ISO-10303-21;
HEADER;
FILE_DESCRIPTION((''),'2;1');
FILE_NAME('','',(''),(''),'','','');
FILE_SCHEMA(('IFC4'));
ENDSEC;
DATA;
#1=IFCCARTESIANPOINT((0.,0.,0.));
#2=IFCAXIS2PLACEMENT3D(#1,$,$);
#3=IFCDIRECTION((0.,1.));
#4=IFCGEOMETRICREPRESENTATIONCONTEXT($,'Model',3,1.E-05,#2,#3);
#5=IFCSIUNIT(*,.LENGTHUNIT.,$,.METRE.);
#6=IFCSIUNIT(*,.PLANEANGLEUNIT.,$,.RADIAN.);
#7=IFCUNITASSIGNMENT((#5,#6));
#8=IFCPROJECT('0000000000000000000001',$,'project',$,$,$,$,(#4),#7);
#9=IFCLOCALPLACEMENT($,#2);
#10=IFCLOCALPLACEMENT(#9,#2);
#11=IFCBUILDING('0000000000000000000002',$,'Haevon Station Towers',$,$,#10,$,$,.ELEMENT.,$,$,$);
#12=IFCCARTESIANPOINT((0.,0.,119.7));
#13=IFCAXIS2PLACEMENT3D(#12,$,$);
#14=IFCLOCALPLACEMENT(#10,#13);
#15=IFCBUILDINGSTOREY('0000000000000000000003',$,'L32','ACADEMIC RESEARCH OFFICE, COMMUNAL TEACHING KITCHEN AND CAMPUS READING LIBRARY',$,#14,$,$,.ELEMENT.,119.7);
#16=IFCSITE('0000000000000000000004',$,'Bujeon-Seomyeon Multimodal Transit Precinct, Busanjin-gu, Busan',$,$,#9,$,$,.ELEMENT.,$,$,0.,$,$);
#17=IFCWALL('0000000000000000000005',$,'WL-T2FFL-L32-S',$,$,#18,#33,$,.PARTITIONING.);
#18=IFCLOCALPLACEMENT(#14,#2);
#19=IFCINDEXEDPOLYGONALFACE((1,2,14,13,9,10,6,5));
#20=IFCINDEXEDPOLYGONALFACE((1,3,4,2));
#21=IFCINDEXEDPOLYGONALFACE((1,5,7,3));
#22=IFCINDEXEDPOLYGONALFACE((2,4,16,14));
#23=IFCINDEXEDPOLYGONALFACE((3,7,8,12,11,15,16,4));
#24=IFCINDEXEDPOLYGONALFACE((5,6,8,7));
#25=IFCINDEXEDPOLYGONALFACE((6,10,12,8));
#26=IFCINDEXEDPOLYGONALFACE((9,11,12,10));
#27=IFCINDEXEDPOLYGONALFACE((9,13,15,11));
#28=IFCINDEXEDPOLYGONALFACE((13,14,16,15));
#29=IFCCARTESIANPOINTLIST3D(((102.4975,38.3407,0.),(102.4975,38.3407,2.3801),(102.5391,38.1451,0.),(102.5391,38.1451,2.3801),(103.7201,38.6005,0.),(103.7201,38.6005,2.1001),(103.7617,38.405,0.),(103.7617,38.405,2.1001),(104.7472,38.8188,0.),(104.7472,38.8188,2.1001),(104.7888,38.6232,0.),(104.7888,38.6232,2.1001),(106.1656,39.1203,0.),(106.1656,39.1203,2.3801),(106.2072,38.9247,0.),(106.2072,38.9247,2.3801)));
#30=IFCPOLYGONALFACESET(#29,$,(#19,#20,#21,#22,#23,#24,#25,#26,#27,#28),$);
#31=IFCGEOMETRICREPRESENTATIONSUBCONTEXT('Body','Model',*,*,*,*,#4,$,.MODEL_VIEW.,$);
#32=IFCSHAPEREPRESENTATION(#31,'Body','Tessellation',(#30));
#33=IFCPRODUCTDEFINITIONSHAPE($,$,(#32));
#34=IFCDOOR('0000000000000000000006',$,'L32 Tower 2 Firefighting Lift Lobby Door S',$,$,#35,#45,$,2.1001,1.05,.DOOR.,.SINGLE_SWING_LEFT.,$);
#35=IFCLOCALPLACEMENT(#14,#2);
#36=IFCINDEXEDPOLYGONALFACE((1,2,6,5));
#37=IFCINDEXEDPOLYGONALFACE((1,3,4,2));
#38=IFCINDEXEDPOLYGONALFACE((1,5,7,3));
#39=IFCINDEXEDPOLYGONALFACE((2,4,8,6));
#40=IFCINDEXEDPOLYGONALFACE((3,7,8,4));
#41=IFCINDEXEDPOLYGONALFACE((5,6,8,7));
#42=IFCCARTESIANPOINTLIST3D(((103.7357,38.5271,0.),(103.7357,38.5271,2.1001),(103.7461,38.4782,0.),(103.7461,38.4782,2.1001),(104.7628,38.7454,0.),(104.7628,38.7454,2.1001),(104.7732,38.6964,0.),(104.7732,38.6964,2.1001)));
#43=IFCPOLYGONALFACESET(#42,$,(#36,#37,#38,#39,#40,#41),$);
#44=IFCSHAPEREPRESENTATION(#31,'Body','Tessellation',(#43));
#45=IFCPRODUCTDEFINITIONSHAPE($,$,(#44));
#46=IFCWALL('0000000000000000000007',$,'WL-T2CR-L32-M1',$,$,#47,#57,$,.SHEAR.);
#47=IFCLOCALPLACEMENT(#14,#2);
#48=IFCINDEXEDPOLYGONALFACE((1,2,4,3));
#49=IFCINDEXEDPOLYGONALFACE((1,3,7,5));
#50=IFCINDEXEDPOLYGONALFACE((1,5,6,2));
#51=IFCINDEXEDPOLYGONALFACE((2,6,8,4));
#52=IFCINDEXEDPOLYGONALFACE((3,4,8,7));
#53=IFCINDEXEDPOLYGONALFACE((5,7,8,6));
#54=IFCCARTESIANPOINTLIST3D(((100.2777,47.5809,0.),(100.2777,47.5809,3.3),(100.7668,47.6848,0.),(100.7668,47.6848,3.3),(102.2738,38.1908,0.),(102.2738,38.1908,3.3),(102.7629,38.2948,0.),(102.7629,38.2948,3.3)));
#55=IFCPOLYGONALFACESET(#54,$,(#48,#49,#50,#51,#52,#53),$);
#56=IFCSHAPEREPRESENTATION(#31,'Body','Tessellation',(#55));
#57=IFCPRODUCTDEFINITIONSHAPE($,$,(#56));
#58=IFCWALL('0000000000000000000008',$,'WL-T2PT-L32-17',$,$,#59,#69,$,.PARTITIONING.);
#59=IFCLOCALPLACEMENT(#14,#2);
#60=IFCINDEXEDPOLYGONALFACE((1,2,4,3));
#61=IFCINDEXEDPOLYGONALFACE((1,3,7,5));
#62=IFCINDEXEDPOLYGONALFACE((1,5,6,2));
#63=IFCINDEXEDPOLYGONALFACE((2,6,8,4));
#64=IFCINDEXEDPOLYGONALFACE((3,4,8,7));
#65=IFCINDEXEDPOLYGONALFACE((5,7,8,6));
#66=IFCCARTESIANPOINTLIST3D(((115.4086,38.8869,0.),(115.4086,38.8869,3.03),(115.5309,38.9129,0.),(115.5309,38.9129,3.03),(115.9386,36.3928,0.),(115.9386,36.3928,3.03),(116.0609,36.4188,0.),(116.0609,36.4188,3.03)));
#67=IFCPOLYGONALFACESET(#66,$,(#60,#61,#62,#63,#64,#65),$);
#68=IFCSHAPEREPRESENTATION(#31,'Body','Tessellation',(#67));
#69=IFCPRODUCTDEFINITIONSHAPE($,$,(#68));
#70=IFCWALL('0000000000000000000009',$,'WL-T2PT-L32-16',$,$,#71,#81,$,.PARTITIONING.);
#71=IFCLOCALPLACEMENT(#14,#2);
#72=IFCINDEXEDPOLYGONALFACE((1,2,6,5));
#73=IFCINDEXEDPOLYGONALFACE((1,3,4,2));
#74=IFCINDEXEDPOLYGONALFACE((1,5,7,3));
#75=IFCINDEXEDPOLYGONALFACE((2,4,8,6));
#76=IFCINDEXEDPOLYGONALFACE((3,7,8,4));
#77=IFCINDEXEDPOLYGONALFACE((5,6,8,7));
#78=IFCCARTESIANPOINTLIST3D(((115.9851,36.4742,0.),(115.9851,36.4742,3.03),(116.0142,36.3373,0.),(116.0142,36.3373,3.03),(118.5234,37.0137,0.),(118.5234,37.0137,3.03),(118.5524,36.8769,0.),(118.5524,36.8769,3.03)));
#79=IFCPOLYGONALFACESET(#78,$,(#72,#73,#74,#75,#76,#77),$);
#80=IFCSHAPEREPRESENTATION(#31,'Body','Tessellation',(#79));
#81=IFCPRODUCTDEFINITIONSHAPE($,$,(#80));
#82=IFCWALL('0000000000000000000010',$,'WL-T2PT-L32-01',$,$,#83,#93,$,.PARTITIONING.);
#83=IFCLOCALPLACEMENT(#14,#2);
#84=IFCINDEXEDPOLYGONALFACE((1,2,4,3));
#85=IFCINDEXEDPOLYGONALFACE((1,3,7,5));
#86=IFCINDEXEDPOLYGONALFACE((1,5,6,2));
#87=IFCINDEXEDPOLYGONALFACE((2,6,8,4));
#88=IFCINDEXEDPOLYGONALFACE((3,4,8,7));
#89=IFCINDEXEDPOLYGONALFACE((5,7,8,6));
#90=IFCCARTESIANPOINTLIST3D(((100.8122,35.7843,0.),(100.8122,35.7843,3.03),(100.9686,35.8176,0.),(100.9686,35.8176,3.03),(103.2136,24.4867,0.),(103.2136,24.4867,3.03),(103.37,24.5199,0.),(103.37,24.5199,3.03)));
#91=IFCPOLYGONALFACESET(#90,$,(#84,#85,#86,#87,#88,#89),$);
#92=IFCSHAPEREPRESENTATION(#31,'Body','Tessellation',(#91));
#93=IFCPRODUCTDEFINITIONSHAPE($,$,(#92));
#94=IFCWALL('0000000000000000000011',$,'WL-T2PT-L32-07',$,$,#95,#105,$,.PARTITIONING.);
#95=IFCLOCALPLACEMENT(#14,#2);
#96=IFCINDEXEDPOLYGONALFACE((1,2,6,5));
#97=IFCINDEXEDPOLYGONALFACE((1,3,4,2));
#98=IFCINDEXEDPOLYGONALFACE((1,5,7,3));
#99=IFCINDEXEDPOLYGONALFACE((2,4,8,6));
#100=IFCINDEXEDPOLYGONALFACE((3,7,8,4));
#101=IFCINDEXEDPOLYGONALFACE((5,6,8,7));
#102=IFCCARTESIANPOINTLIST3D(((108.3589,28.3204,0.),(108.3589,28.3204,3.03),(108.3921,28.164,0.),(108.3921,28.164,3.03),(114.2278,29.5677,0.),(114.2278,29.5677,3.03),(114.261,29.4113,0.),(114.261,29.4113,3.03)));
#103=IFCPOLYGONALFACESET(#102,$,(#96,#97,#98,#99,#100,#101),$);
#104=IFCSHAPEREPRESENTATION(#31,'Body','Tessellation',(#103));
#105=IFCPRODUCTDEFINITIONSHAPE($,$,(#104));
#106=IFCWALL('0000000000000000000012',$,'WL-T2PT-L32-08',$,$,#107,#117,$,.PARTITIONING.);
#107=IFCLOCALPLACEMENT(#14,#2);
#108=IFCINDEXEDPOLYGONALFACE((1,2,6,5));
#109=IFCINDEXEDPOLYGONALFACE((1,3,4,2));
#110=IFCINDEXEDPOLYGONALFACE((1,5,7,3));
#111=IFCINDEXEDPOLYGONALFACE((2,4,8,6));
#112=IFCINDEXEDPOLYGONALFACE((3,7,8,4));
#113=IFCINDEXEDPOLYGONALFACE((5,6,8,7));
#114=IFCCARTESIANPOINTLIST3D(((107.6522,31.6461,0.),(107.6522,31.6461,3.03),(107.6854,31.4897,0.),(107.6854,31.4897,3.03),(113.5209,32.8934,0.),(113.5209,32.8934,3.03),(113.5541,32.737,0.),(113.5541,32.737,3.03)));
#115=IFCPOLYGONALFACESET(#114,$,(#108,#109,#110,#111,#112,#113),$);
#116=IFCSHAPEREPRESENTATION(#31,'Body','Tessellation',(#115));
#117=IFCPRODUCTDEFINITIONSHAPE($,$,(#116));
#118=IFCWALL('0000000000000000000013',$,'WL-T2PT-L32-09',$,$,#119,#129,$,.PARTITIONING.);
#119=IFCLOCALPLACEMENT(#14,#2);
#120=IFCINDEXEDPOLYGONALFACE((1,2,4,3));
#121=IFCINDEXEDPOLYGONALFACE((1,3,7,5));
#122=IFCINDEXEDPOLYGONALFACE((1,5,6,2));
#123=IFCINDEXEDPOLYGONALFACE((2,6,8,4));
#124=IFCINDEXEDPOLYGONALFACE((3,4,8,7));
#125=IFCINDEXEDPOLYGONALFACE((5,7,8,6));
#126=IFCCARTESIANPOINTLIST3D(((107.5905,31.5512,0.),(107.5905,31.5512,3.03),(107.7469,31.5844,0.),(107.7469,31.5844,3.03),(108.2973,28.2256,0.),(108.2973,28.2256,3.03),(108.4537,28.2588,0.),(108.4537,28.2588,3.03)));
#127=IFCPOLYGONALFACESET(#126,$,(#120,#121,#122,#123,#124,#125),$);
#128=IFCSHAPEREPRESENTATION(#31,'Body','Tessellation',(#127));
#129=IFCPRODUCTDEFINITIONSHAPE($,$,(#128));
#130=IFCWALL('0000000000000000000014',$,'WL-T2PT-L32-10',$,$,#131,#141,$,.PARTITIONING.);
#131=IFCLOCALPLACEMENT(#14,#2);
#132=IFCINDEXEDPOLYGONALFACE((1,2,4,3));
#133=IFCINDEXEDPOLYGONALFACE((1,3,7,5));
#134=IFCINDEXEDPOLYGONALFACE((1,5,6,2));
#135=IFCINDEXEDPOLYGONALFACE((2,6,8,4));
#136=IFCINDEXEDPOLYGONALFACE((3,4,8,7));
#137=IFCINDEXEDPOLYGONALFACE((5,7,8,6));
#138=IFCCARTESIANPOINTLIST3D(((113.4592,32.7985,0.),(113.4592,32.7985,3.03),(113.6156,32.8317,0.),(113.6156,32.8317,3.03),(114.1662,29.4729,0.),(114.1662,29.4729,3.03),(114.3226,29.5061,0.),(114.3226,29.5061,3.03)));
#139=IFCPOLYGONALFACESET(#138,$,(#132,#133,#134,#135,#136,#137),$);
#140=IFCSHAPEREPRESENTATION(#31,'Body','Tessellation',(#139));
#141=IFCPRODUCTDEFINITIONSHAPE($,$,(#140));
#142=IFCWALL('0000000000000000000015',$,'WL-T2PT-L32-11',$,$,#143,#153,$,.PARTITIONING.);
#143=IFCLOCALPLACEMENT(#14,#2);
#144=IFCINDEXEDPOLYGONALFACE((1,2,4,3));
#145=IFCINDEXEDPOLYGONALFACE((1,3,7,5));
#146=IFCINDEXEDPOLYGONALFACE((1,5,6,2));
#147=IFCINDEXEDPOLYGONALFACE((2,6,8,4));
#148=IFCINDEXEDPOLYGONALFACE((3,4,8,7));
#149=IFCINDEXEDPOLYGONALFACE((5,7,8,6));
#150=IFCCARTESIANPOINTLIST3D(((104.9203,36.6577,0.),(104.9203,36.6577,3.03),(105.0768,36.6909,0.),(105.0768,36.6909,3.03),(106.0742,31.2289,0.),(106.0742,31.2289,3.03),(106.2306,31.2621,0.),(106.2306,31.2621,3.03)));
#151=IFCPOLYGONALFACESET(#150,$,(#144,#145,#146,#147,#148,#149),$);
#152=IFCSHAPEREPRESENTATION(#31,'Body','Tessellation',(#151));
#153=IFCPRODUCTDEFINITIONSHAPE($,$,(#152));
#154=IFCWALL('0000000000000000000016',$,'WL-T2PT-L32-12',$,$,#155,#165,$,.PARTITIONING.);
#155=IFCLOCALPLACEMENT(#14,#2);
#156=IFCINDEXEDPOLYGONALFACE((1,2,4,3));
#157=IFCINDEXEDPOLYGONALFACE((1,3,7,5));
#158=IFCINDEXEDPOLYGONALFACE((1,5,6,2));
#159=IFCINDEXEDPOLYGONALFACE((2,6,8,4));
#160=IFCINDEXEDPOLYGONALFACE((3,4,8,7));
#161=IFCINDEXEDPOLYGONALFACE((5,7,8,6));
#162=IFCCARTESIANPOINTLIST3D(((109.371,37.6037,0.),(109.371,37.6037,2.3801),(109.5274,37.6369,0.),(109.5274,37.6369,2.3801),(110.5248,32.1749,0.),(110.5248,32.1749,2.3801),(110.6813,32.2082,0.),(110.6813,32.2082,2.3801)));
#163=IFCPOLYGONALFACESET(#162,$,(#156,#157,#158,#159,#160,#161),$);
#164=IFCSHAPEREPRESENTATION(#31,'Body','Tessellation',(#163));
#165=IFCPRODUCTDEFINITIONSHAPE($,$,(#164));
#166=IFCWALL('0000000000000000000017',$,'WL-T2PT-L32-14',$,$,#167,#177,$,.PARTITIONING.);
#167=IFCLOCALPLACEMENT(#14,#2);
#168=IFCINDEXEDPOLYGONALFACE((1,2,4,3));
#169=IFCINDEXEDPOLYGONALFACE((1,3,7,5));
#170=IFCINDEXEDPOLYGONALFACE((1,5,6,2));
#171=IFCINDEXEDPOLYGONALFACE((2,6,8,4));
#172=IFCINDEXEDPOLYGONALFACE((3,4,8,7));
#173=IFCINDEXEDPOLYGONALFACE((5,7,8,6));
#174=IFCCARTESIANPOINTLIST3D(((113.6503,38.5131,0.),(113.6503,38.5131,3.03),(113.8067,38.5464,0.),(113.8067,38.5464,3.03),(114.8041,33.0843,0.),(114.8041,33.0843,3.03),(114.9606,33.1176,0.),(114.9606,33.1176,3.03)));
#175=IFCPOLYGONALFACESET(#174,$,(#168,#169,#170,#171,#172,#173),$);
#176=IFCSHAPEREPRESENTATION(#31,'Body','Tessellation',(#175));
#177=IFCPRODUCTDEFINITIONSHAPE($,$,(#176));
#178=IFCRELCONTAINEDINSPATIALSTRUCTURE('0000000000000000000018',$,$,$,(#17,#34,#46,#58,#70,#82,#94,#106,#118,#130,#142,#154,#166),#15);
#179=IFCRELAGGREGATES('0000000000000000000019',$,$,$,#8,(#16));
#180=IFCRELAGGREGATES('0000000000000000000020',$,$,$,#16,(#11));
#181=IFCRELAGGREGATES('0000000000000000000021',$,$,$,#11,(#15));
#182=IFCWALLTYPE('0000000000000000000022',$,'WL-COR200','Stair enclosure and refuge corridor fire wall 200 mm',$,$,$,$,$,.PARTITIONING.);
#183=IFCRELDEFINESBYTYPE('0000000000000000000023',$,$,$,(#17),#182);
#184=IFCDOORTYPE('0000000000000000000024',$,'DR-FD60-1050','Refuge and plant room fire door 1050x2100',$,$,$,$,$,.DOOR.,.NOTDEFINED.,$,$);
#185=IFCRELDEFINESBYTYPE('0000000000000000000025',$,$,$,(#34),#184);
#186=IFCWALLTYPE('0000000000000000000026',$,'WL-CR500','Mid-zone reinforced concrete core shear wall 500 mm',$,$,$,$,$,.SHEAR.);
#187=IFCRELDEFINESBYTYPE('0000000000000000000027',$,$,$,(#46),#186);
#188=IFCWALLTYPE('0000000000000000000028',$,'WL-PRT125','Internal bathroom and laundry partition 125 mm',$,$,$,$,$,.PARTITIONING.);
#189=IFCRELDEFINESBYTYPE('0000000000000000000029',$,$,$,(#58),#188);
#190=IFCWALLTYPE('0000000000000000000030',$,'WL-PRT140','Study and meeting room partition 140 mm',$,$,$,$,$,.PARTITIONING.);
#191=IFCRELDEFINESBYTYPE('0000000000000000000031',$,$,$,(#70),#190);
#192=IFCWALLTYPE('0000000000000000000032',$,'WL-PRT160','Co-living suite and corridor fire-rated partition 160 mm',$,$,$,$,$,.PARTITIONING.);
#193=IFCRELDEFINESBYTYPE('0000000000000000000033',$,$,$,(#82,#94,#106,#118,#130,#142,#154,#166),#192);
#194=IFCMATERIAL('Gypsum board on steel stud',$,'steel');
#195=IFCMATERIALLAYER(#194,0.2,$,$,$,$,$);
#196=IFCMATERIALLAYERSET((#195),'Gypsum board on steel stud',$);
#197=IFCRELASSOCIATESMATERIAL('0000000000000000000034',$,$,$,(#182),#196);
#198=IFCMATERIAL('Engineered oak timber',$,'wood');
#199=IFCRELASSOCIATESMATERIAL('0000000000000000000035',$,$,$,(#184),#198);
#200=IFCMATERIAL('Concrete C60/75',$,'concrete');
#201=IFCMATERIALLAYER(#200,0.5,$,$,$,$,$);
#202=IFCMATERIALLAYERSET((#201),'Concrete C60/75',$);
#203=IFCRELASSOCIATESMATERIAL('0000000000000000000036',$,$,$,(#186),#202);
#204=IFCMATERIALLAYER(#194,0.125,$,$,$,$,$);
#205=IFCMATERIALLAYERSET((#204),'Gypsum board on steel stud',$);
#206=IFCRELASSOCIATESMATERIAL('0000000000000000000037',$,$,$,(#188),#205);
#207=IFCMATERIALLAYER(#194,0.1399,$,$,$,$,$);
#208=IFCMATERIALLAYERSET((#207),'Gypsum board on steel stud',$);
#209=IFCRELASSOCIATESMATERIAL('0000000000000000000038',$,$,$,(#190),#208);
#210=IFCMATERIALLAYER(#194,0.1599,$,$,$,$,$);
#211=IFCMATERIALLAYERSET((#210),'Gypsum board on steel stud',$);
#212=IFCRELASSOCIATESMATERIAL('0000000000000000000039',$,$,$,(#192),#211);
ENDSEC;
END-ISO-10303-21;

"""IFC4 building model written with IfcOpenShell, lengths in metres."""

from ifc_helpers import new_model, si_unit, direction, frame, frame_2d, origin, place, context, subcontext, project, spatial, rectangle, extrude, material, layer, layer_set, type_object, element, fill, save


model = new_model("IFC4")

# Units and contexts
model_context = context("Model", 3, precision=1e-05, world=origin(), true_north=direction((0.0, 1.0)))
body_context = subcontext(model_context, "Body", "Model", "MODEL_VIEW")
ifc_project = project(units=[si_unit("LENGTHUNIT", "METRE"), si_unit("PLANEANGLEUNIT", "RADIAN")], contexts=[model_context])

# Site, building, storey
site_placement = place(None, origin())
site = spatial("IfcSite", under=ifc_project, at=site_placement, Name="Bujeon-Seomyeon Multimodal Transit Precinct, Busanjin-gu, Busan", CompositionType="ELEMENT", RefElevation=0.0)
building_placement = place(site_placement, origin())
building = spatial("IfcBuilding", under=site, at=building_placement, Name="Haevon Station Towers", CompositionType="ELEMENT")
storey_placement = place(building_placement, frame((0.0, 0.0, 119.7)))
storey = spatial("IfcBuildingStorey", under=building, at=storey_placement, Name="L32", Description="ACADEMIC RESEARCH OFFICE, COMMUNAL TEACHING KITCHEN AND CAMPUS READING LIBRARY", CompositionType="ELEMENT", Elevation=119.7)

# Wall, opening, door
ifc_material_1 = material(Name="Gypsum board on steel stud", Category="steel")
ifc_layer_1 = layer(ifc_material_1, 0.2)
ifc_layer_set_1 = layer_set([ifc_layer_1], Name="Gypsum board on steel stud")
wall_type_1 = type_object("IfcWallType", Name="WL-COR200", Description="Stair enclosure and refuge corridor fire wall 200 mm", PredefinedType="PARTITIONING", material=ifc_layer_set_1)
wall_1_placement = place(storey_placement, frame((102.5183, 38.2429, 0.0), z_axis=(0.0, 0.0, 1.0), x_axis=(0.978154, 0.207884, 0.0)))
wall_1 = element("IfcWall", 1, at=wall_1_placement, inside=storey, type_object=wall_type_1, Name="WL-T2FFL-L32-S", PredefinedType="PARTITIONING", context=body_context, shape_type="SweptSolid", body=[
    extrude(rectangle(XDim=3.75, YDim=0.2, at=frame_2d((1.875, 0.0))), origin(), (0.0, 0.0, 1.0), 2.3801),
])
opening_placement = place(wall_1_placement, frame((1.25, 0.0, 0.0)))
opening = element("IfcOpeningElement", 2, at=opening_placement, cuts=wall_1, PredefinedType="OPENING", context=body_context, shape_type="SweptSolid", body=[
    extrude(rectangle(XDim=1.05, YDim=2.1001, at=frame_2d((0.5249, 1.05))), frame((0.0, 0.1099, 0.0), z_axis=(0.0, -1.0, 0.0), x_axis=(1.0, 0.0, 0.0)), (0.0, 0.0, 1.0), 0.22),
])
ifc_material_2 = material(Name="Engineered oak timber", Category="wood")
door_type = type_object("IfcDoorType", Name="DR-FD60-1050", Description="Refuge and plant room fire door 1050x2100", OperationType="NOTDEFINED", PredefinedType="DOOR", material=ifc_material_2)
door_placement = place(opening_placement, origin())
door = element("IfcDoor", 3, at=door_placement, inside=storey, type_object=door_type, Name="L32 Tower 2 Firefighting Lift Lobby Door S", OperationType="SINGLE_SWING_LEFT", OverallHeight=2.1001, OverallWidth=1.05, PredefinedType="DOOR", context=body_context, shape_type="SweptSolid", body=[
    extrude(rectangle(XDim=1.05, YDim=2.1001, at=frame_2d((0.5249, 1.05))), frame((0.0, 0.0249, 0.0), z_axis=(0.0, -1.0, 0.0), x_axis=(1.0, 0.0, 0.0)), (0.0, 0.0, 1.0), 0.05),
])
fill(opening, door)

# Walls
ifc_material_3 = material(Name="Concrete C60/75", Category="concrete")
ifc_layer_2 = layer(ifc_material_3, 0.5)
ifc_layer_set_2 = layer_set([ifc_layer_2], Name="Concrete C60/75")
wall_type_2 = type_object("IfcWallType", Name="WL-CR500", Description="Mid-zone reinforced concrete core shear wall 500 mm", PredefinedType="SHEAR", material=ifc_layer_set_2)
wall_2_placement = place(storey_placement, frame((102.5183, 38.2429, 0.0), z_axis=(0.0, 0.0, 1.0), x_axis=(-0.207927, 0.978144, 0.0)))
element("IfcWall", 4, at=wall_2_placement, inside=storey, type_object=wall_type_2, Name="WL-T2CR-L32-M1", PredefinedType="SHEAR", context=body_context, shape_type="SweptSolid", body=[
    extrude(rectangle(XDim=9.5999, YDim=0.5, at=frame_2d((4.7998, 0.0))), origin(), (0.0, 0.0, 1.0), 3.3),
])
ifc_layer_3 = layer(ifc_material_1, 0.125)
ifc_layer_set_3 = layer_set([ifc_layer_3], Name="Gypsum board on steel stud")
wall_type_3 = type_object("IfcWallType", Name="WL-PRT125", Description="Internal bathroom and laundry partition 125 mm", PredefinedType="PARTITIONING", material=ifc_layer_set_3)
wall_3_placement = place(storey_placement, frame((115.9998, 36.4058, 0.0), z_axis=(0.0, 0.0, 1.0), x_axis=(-0.207868, 0.978157, 0.0)))
element("IfcWall", 5, at=wall_3_placement, inside=storey, type_object=wall_type_3, Name="WL-T2PT-L32-17", PredefinedType="PARTITIONING", context=body_context, shape_type="SweptSolid", body=[
    extrude(rectangle(XDim=2.5498, YDim=0.125, at=frame_2d((1.2749, 0.0))), origin(), (0.0, 0.0, 1.0), 3.03),
])
ifc_layer_4 = layer(ifc_material_1, 0.1399)
ifc_layer_set_4 = layer_set([ifc_layer_4], Name="Gypsum board on steel stud")
wall_type_4 = type_object("IfcWallType", Name="WL-PRT140", Description="Study and meeting room partition 140 mm", PredefinedType="PARTITIONING", material=ifc_layer_set_4)
wall_4_placement = place(storey_placement, frame((115.9998, 36.4058, 0.0), z_axis=(0.0, 0.0, 1.0), x_axis=(0.978147, 0.207916, 0.0)))
element("IfcWall", 6, at=wall_4_placement, inside=storey, type_object=wall_type_4, Name="WL-T2PT-L32-16", PredefinedType="PARTITIONING", context=body_context, shape_type="SweptSolid", body=[
    extrude(rectangle(XDim=2.595, YDim=0.1399, at=frame_2d((1.2974, 0.0))), origin(), (0.0, 0.0, 1.0), 3.03),
])
ifc_layer_5 = layer(ifc_material_1, 0.1599)
ifc_layer_set_5 = layer_set([ifc_layer_5], Name="Gypsum board on steel stud")
wall_type_5 = type_object("IfcWallType", Name="WL-PRT160", Description="Co-living suite and corridor fire-rated partition 160 mm", PredefinedType="PARTITIONING", material=ifc_layer_set_5)
wall_5_placement = place(storey_placement, frame((103.2917, 24.5034, 0.0), z_axis=(0.0, 0.0, 1.0), x_axis=(-0.207911, 0.978148, 0.0)))
element("IfcWall", 7, at=wall_5_placement, inside=storey, type_object=wall_type_5, Name="WL-T2PT-L32-01", PredefinedType="PARTITIONING", context=body_context, shape_type="SweptSolid", body=[
    extrude(rectangle(XDim=11.55, YDim=0.1599, at=frame_2d((5.7749, 0.0))), origin(), (0.0, 0.0, 1.0), 3.03),
])
wall_6_placement = place(storey_placement, frame((108.3755, 28.2422, 0.0), z_axis=(0.0, 0.0, 1.0), x_axis=(0.978153, 0.207886, 0.0)))
element("IfcWall", 8, at=wall_6_placement, inside=storey, type_object=wall_type_5, Name="WL-T2PT-L32-07", PredefinedType="PARTITIONING", context=body_context, shape_type="SweptSolid", body=[
    extrude(rectangle(XDim=6.0, YDim=0.1599, at=frame_2d((3.0, 0.0))), origin(), (0.0, 0.0, 1.0), 3.03),
])
wall_7_placement = place(storey_placement, frame((107.6687, 31.5679, 0.0), z_axis=(0.0, 0.0, 1.0), x_axis=(0.978151, 0.207895, 0.0)))
element("IfcWall", 9, at=wall_7_placement, inside=storey, type_object=wall_type_5, Name="WL-T2PT-L32-08", PredefinedType="PARTITIONING", context=body_context, shape_type="SweptSolid", body=[
    extrude(rectangle(XDim=5.9998, YDim=0.1599, at=frame_2d((3.0, 0.0))), origin(), (0.0, 0.0, 1.0), 3.03),
])
for number, where, z_axis, x_axis, name in (
    (10, (108.3755, 28.2422, 0.0), (0.0, 0.0, 1.0), (-0.207881, 0.978154, 0.0), "WL-T2PT-L32-09"),
    (11, (114.2444, 29.4895, 0.0), (0.0, 0.0, 1.0), (-0.20795, 0.97814, 0.0), "WL-T2PT-L32-10"),
):
    element("IfcWall", number, at=place(storey_placement, frame(where, z_axis=z_axis, x_axis=x_axis)), inside=storey, type_object=wall_type_5, Name=name, PredefinedType="PARTITIONING", context=body_context, shape_type="SweptSolid", body=[
        extrude(rectangle(XDim=3.3999, YDim=0.1599, at=frame_2d((1.7, 0.0))), origin(), (0.0, 0.0, 1.0), 3.03),
    ])
wall_8_placement = place(storey_placement, frame((106.1523, 31.2456, 0.0), z_axis=(0.0, 0.0, 1.0), x_axis=(-0.207895, 0.978151, 0.0)))
element("IfcWall", 12, at=wall_8_placement, inside=storey, type_object=wall_type_5, Name="WL-T2PT-L32-11", PredefinedType="PARTITIONING", context=body_context, shape_type="SweptSolid", body=[
    extrude(rectangle(XDim=5.55, YDim=0.1599, at=frame_2d((2.7749, 0.0))), origin(), (0.0, 0.0, 1.0), 3.03),
])
wall_9_placement = place(storey_placement, frame((110.603, 32.1917, 0.0), z_axis=(0.0, 0.0, 1.0), x_axis=(-0.207895, 0.978151, 0.0)))
element("IfcWall", 13, at=wall_9_placement, inside=storey, type_object=wall_type_5, Name="WL-T2PT-L32-12", PredefinedType="PARTITIONING", context=body_context, shape_type="SweptSolid", body=[
    extrude(rectangle(XDim=5.55, YDim=0.1599, at=frame_2d((2.7749, 0.0))), origin(), (0.0, 0.0, 1.0), 2.3801),
])
wall_10_placement = place(storey_placement, frame((114.8823, 33.1011, 0.0), z_axis=(0.0, 0.0, 1.0), x_axis=(-0.207895, 0.978151, 0.0)))
element("IfcWall", 14, at=wall_10_placement, inside=storey, type_object=wall_type_5, Name="WL-T2PT-L32-14", PredefinedType="PARTITIONING", context=body_context, shape_type="SweptSolid", body=[
    extrude(rectangle(XDim=5.55, YDim=0.1599, at=frame_2d((2.7749, 0.0))), origin(), (0.0, 0.0, 1.0), 3.03),
])

save(model, "model.ifc")
